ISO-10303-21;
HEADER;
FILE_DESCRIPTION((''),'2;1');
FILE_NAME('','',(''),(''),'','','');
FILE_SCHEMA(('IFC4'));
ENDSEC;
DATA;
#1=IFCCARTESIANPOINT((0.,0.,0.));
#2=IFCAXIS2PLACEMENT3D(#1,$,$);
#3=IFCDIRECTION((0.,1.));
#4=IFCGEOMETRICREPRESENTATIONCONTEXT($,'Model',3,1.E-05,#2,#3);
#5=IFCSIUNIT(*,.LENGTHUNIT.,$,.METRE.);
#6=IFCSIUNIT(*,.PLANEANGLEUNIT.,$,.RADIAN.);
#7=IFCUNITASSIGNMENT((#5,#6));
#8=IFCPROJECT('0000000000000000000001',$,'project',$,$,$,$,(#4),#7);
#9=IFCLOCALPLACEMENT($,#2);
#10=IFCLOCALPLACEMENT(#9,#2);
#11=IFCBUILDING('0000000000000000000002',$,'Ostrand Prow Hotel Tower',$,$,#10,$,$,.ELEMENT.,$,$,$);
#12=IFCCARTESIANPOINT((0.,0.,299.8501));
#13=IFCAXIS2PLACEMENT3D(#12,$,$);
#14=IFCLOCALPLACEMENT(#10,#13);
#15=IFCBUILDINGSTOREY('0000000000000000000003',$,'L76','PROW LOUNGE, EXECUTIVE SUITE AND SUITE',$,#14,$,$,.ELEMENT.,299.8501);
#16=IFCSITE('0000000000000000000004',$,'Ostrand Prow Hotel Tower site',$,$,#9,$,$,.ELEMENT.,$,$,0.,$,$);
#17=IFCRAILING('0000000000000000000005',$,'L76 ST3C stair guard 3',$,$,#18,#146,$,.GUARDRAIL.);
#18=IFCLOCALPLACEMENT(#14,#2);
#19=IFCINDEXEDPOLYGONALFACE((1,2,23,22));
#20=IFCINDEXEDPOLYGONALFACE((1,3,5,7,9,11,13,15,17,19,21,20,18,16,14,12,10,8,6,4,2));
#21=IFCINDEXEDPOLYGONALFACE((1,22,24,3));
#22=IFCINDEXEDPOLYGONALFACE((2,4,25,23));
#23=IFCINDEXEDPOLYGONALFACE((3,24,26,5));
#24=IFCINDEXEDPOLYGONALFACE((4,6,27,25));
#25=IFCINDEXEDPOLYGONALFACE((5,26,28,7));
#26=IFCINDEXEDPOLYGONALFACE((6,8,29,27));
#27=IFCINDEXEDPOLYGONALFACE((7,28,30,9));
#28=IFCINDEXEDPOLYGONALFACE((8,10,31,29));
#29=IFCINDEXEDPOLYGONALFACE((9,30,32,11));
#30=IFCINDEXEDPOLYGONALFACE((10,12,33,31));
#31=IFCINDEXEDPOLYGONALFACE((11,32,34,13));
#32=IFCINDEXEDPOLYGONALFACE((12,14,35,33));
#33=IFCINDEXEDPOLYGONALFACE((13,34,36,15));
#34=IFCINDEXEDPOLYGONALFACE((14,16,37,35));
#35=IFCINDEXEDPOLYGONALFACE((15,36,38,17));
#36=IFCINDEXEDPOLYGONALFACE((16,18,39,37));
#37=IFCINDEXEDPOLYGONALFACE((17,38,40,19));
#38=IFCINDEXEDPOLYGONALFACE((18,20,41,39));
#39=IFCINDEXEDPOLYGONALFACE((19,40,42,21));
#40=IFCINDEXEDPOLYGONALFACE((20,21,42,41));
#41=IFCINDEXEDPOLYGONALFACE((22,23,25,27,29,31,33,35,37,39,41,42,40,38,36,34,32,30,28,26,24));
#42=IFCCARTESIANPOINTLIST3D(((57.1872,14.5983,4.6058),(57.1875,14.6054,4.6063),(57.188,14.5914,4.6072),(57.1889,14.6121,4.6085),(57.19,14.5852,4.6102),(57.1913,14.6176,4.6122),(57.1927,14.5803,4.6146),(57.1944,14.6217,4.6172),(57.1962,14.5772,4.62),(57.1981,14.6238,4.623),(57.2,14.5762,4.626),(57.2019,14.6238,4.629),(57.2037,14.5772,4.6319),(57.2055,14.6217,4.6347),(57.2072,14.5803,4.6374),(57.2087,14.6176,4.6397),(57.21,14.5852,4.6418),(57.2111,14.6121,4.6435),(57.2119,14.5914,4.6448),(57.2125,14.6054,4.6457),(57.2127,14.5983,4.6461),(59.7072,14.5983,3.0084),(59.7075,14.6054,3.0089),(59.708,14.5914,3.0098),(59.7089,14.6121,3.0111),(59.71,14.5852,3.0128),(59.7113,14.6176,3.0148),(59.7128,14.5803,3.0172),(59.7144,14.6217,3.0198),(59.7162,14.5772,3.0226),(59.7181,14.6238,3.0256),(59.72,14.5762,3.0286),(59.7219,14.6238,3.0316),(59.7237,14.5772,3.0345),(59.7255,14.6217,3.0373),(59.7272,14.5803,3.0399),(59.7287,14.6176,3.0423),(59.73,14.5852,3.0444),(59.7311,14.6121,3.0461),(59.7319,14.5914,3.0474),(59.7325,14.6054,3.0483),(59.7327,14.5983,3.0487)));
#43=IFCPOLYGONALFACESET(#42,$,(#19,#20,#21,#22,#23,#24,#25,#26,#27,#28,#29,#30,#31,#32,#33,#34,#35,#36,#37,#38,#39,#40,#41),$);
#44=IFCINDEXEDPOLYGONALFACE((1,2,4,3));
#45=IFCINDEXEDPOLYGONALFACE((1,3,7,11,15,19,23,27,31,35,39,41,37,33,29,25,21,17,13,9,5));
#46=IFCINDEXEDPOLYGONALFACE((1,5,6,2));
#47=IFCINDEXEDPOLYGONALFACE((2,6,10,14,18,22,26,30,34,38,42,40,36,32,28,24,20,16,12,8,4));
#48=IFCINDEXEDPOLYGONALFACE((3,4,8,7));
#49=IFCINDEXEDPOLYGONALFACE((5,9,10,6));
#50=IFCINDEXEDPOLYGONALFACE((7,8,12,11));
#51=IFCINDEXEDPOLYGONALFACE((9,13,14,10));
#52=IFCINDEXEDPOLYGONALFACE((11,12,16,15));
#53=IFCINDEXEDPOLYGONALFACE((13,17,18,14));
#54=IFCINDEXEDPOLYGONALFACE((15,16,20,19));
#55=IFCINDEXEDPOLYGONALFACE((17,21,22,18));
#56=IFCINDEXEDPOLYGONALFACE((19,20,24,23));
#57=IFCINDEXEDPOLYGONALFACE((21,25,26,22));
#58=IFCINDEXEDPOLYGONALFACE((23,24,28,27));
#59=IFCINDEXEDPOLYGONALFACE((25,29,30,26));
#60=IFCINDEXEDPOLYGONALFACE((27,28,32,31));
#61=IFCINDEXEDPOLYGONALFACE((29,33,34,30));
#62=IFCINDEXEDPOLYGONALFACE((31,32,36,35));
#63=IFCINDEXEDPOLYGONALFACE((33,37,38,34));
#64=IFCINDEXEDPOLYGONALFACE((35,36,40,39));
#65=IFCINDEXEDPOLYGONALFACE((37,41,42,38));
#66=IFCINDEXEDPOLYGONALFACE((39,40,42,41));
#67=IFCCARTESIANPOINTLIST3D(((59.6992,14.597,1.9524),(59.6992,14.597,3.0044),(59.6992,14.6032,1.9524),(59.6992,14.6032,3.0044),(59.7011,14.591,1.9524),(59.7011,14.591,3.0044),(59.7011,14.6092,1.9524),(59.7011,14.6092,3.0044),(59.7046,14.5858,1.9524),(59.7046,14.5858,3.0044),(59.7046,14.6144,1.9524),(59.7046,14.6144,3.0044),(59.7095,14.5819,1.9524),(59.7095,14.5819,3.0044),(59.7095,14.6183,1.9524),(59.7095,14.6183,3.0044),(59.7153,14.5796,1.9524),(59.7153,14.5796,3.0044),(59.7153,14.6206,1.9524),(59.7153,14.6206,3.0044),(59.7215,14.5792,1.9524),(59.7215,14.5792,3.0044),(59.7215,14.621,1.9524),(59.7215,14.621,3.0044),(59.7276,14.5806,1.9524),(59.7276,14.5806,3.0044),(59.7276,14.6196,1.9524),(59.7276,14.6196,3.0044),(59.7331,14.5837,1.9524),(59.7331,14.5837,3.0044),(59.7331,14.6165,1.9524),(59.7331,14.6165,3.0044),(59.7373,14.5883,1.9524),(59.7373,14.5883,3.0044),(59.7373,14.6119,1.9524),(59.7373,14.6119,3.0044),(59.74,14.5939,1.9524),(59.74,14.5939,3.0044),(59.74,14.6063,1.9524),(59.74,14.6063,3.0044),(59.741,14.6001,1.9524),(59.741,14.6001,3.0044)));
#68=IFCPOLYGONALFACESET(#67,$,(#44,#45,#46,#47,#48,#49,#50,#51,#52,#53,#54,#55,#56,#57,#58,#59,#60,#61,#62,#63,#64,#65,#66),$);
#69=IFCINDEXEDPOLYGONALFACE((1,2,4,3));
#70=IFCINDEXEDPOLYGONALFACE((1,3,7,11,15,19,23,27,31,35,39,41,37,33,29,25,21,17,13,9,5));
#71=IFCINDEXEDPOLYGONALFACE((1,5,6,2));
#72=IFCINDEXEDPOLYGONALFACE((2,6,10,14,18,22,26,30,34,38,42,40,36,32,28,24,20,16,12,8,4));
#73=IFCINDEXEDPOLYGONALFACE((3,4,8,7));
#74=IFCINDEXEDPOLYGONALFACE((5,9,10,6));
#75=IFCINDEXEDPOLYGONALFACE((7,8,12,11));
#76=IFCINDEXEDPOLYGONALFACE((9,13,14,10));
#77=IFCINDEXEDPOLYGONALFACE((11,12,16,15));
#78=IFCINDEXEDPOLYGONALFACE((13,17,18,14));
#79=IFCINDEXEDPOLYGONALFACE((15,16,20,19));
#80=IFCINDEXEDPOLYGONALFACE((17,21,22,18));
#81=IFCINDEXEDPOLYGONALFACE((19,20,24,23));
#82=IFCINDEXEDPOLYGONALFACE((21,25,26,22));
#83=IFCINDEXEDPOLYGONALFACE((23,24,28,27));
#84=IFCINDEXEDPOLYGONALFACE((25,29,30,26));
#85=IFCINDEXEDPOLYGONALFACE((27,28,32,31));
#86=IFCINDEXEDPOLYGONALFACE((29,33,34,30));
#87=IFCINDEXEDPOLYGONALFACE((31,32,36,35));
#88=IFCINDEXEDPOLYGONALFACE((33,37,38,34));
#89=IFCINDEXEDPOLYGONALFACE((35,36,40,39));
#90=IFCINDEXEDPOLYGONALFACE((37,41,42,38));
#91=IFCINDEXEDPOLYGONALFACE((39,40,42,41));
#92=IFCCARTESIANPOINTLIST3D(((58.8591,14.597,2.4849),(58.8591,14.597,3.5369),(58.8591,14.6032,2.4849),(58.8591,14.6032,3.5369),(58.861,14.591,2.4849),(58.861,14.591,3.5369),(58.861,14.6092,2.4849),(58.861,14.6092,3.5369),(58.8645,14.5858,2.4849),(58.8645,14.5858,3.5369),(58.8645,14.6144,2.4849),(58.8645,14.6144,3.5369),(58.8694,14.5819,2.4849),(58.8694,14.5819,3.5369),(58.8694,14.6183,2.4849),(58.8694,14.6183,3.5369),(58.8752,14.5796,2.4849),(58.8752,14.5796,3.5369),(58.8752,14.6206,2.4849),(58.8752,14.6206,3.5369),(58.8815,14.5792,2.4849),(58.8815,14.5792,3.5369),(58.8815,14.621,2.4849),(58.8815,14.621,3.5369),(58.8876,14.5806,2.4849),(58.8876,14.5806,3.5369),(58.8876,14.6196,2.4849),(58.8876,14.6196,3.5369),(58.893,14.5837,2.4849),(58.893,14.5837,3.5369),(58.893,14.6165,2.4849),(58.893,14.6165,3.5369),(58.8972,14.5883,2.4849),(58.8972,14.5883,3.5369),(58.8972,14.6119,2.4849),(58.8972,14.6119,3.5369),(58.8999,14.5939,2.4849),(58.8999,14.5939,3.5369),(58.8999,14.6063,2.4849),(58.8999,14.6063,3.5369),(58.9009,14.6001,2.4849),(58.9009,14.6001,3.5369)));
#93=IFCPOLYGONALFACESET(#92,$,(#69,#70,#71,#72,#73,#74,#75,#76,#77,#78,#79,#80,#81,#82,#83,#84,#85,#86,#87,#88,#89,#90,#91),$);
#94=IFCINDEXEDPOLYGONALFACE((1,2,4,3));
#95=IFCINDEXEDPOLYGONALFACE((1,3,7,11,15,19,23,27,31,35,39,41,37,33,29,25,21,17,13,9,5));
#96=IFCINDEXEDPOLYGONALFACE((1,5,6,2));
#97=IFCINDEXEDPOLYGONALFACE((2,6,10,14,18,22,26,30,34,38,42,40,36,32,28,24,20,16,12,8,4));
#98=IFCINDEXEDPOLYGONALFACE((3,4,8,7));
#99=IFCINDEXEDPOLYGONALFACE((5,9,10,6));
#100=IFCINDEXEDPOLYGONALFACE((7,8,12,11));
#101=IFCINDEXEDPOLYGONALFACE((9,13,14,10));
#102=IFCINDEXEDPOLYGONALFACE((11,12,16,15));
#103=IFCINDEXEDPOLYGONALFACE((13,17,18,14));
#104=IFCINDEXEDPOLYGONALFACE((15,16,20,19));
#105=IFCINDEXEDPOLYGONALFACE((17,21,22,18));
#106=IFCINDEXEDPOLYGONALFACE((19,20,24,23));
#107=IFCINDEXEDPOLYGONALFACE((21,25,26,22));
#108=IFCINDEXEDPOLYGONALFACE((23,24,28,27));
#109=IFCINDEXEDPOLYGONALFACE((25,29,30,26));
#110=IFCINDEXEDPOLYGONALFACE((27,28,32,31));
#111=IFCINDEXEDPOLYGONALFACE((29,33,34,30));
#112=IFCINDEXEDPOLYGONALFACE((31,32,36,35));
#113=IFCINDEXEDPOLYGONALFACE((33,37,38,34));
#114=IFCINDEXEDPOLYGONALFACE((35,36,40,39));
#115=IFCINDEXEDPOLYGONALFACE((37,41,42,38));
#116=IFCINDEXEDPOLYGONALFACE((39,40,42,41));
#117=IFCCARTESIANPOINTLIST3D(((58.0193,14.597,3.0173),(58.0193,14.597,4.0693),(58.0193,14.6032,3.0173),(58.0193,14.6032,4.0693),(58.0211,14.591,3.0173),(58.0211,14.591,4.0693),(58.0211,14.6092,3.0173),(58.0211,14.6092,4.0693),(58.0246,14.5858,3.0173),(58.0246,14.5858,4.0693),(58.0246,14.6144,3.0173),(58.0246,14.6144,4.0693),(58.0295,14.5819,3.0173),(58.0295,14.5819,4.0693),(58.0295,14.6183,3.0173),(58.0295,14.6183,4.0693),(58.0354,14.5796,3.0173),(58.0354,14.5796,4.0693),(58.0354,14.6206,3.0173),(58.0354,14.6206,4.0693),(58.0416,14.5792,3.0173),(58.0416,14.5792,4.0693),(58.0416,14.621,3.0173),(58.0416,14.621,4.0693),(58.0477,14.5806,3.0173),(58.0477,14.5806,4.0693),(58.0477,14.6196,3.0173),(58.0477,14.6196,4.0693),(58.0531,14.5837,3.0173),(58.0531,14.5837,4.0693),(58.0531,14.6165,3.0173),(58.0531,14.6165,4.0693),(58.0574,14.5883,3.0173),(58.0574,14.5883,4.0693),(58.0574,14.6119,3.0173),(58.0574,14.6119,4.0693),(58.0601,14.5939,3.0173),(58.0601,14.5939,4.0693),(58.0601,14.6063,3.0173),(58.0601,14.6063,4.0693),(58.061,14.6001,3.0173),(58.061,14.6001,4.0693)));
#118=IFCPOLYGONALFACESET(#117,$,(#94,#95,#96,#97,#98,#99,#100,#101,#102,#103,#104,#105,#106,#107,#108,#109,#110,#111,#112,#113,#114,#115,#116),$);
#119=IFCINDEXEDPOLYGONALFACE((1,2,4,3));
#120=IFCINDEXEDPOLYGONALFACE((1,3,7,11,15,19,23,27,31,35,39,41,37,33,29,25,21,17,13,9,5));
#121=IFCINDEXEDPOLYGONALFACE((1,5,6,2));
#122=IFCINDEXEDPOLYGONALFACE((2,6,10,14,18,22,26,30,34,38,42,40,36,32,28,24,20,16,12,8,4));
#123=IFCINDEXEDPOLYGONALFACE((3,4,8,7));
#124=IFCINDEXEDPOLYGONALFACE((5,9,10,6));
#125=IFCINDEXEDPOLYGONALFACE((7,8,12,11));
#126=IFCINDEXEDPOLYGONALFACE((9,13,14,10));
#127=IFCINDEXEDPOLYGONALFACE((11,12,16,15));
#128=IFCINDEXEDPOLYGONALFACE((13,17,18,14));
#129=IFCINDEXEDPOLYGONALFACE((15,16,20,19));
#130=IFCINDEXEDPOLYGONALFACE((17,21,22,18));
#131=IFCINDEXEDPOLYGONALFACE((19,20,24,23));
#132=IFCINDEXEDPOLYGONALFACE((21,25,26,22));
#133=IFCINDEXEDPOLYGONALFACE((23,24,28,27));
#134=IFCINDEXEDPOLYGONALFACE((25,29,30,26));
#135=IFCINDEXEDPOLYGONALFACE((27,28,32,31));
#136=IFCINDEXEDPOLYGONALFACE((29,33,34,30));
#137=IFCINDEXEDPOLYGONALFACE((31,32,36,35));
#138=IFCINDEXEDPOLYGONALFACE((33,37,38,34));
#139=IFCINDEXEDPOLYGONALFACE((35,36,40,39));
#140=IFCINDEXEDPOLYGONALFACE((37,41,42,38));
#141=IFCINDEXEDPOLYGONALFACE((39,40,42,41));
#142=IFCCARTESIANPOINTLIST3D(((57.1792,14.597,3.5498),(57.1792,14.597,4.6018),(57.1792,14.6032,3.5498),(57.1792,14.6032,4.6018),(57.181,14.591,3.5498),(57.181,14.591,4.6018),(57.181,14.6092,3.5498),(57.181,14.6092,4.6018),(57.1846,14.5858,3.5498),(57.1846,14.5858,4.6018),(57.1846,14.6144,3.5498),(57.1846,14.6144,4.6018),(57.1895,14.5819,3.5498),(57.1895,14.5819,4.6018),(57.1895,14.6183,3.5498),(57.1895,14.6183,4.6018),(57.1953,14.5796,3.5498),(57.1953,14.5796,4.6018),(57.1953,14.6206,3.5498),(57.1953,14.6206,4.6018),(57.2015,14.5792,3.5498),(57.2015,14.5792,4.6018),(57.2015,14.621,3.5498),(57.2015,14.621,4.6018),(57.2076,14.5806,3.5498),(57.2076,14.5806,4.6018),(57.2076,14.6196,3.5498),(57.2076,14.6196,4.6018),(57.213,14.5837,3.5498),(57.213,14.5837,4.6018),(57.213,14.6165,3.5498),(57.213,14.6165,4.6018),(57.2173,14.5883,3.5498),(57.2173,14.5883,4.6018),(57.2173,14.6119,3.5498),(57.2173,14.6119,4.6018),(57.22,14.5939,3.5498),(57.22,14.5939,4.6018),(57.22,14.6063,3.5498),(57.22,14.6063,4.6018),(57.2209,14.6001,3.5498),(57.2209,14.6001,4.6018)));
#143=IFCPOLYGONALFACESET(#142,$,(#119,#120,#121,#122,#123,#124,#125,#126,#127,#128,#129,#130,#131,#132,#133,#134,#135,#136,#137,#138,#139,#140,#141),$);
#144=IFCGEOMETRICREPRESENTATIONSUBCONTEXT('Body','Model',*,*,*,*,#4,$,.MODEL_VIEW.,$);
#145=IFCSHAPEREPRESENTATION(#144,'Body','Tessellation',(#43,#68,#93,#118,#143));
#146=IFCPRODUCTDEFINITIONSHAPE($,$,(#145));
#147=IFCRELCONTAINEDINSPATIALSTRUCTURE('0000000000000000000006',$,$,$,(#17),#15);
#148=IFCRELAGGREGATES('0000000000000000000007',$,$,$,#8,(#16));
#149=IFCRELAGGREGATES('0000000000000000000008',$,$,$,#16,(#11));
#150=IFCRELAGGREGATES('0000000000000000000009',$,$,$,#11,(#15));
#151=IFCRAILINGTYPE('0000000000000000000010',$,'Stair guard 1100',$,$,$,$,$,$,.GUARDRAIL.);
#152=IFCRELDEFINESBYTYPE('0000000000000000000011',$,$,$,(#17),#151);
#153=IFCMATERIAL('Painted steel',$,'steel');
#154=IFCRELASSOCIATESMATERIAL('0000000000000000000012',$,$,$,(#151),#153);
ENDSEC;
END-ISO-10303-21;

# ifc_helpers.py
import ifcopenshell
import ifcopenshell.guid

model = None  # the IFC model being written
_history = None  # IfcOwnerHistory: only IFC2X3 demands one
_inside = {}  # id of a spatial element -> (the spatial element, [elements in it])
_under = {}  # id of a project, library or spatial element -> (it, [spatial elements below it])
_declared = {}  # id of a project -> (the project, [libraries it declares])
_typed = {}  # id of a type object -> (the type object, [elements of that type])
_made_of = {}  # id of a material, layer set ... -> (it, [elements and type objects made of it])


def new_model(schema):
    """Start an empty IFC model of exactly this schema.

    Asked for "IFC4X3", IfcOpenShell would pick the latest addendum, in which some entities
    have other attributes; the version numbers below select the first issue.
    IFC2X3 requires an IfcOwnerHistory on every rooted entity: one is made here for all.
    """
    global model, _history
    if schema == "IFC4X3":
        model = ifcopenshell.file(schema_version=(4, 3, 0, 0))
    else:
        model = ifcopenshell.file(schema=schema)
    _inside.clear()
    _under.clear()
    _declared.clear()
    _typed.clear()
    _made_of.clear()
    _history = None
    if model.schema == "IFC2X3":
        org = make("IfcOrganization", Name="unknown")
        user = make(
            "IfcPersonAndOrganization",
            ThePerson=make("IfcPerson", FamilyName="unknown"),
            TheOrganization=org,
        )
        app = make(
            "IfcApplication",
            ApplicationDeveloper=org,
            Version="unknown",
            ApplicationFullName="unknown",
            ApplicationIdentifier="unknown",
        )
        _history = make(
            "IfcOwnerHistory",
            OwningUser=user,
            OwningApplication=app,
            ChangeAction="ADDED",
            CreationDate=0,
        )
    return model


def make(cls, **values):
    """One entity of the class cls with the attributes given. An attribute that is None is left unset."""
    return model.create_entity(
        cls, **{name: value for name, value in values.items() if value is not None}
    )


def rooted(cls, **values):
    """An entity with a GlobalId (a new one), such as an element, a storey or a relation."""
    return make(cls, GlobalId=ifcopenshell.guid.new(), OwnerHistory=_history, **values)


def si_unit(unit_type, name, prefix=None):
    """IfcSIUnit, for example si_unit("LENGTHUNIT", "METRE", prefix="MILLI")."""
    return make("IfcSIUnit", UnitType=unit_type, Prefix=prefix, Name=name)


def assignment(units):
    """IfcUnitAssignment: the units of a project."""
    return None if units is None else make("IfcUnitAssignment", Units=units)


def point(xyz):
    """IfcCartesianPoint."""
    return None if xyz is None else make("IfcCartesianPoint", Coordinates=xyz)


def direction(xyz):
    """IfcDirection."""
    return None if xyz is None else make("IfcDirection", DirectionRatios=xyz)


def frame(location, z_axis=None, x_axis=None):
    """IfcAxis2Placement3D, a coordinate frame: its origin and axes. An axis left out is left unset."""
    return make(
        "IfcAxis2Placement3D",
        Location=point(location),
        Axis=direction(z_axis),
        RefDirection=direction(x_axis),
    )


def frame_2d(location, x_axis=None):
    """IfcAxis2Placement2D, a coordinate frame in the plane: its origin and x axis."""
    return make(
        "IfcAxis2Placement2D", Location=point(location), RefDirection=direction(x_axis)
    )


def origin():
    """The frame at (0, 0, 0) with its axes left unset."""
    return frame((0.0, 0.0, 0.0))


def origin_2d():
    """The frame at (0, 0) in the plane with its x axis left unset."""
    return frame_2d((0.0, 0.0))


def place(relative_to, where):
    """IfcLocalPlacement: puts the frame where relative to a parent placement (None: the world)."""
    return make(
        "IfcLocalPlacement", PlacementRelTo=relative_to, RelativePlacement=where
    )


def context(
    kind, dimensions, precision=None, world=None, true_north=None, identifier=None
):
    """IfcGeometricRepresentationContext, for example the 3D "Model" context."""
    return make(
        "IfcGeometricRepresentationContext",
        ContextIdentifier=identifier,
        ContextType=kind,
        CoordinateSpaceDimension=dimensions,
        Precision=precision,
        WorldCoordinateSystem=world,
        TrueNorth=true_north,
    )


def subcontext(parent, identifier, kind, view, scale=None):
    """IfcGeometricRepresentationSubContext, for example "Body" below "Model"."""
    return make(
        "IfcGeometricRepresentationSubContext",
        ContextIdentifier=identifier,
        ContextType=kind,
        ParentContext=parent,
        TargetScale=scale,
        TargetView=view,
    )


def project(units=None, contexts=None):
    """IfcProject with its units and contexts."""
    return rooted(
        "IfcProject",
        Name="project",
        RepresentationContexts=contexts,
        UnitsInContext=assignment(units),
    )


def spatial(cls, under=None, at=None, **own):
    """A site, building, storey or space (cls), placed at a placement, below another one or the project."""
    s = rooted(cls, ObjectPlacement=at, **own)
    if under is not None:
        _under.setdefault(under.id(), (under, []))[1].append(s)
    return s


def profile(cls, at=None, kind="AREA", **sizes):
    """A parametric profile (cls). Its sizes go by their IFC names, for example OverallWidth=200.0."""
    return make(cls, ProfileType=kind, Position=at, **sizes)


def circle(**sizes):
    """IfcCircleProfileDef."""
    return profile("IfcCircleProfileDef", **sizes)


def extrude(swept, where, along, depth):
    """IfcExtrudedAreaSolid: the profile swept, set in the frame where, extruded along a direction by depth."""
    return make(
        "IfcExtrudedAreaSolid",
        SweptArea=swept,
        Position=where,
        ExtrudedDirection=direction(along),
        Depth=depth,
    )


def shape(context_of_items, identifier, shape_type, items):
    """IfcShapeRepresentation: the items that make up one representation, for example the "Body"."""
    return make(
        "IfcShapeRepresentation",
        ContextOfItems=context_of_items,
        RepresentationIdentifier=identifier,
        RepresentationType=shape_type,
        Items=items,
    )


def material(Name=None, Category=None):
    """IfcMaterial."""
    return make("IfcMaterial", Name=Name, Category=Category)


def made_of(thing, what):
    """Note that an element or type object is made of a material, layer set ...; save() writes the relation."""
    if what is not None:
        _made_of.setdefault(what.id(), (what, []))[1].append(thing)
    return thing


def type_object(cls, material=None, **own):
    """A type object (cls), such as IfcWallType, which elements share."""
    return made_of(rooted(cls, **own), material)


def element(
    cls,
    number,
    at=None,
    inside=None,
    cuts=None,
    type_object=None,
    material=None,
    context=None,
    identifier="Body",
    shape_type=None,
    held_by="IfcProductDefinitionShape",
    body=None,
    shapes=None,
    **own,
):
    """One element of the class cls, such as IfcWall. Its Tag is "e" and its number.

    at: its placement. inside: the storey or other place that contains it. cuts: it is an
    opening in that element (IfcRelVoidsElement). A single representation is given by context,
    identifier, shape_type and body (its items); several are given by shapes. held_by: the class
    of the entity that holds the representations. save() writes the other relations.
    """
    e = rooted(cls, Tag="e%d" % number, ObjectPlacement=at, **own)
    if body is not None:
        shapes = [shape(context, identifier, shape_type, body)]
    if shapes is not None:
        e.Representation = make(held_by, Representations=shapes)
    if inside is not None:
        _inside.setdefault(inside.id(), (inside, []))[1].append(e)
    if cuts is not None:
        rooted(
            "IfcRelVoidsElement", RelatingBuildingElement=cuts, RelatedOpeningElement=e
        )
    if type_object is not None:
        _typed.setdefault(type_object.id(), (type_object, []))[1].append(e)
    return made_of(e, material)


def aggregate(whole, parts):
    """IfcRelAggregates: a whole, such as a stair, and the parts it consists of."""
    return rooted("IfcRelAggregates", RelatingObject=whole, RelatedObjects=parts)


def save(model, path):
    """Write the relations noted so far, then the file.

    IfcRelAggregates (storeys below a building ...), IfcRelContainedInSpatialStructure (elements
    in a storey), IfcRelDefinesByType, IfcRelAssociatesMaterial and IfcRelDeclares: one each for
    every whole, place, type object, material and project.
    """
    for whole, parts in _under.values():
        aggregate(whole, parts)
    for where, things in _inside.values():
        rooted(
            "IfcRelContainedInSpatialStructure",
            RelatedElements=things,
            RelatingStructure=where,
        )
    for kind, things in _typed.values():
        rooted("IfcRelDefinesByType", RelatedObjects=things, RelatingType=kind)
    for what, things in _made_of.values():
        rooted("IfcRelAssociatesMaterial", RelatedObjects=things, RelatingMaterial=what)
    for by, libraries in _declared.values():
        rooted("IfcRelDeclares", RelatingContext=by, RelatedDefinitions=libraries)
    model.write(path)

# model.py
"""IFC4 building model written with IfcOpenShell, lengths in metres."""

from ifc_helpers import new_model, si_unit, direction, frame, origin, origin_2d, place, context, subcontext, project, spatial, circle, extrude, material, type_object, element, save


model = new_model("IFC4")

# Units and contexts
model_context = context("Model", 3, precision=1e-05, world=origin(), true_north=direction((0.0, 1.0)))
body_context = subcontext(model_context, "Body", "Model", "MODEL_VIEW")
ifc_project = project(units=[si_unit("LENGTHUNIT", "METRE"), si_unit("PLANEANGLEUNIT", "RADIAN")], contexts=[model_context])

# Site, building, storey
site_placement = place(None, origin())
site = spatial("IfcSite", under=ifc_project, at=site_placement, Name="Ostrand Prow Hotel Tower site", CompositionType="ELEMENT", RefElevation=0.0)
building_placement = place(site_placement, origin())
building = spatial("IfcBuilding", under=site, at=building_placement, Name="Ostrand Prow Hotel Tower", CompositionType="ELEMENT")
storey_placement = place(building_placement, frame((0.0, 0.0, 299.8501)))
storey = spatial("IfcBuildingStorey", under=building, at=storey_placement, Name="L76", Description="PROW LOUNGE, EXECUTIVE SUITE AND SUITE", CompositionType="ELEMENT", Elevation=299.8501)

# Railing
ifc_material_1 = material(Name="Painted steel", Category="steel")
railing_type_1 = type_object("IfcRailingType", Name="Stair guard 1100", PredefinedType="GUARDRAIL", material=ifc_material_1)
railing_1_placement = place(storey_placement, frame((59.72, 14.6001, 1.9524)))
element("IfcRailing", 1, at=railing_1_placement, inside=storey, type_object=railing_type_1, Name="L76 ST3C stair guard 3", PredefinedType="GUARDRAIL", context=body_context, shape_type="SweptSolid", body=[
    extrude(circle(Radius=0.0239, at=origin_2d()), frame((0.0, 0.0, 1.0762), z_axis=(-0.844607, 0.0, 0.535387), x_axis=(0.0, -1.0, 0.0)), (0.0, 0.0, 1.0), 2.9836),
    extrude(circle(Radius=0.021, at=origin_2d()), origin(), (0.0, 0.0, 1.0), 1.052),
    extrude(circle(Radius=0.021, at=origin_2d()), frame((-0.8401, 0.0, 0.5325)), (0.0, 0.0, 1.0), 1.052),
    extrude(circle(Radius=0.021, at=origin_2d()), frame((-1.6799, 0.0, 1.0649)), (0.0, 0.0, 1.0), 1.052),
    extrude(circle(Radius=0.021, at=origin_2d()), frame((-2.52, 0.0, 1.5974)), (0.0, 0.0, 1.0), 1.052),
])

save(model, "model.ifc")
